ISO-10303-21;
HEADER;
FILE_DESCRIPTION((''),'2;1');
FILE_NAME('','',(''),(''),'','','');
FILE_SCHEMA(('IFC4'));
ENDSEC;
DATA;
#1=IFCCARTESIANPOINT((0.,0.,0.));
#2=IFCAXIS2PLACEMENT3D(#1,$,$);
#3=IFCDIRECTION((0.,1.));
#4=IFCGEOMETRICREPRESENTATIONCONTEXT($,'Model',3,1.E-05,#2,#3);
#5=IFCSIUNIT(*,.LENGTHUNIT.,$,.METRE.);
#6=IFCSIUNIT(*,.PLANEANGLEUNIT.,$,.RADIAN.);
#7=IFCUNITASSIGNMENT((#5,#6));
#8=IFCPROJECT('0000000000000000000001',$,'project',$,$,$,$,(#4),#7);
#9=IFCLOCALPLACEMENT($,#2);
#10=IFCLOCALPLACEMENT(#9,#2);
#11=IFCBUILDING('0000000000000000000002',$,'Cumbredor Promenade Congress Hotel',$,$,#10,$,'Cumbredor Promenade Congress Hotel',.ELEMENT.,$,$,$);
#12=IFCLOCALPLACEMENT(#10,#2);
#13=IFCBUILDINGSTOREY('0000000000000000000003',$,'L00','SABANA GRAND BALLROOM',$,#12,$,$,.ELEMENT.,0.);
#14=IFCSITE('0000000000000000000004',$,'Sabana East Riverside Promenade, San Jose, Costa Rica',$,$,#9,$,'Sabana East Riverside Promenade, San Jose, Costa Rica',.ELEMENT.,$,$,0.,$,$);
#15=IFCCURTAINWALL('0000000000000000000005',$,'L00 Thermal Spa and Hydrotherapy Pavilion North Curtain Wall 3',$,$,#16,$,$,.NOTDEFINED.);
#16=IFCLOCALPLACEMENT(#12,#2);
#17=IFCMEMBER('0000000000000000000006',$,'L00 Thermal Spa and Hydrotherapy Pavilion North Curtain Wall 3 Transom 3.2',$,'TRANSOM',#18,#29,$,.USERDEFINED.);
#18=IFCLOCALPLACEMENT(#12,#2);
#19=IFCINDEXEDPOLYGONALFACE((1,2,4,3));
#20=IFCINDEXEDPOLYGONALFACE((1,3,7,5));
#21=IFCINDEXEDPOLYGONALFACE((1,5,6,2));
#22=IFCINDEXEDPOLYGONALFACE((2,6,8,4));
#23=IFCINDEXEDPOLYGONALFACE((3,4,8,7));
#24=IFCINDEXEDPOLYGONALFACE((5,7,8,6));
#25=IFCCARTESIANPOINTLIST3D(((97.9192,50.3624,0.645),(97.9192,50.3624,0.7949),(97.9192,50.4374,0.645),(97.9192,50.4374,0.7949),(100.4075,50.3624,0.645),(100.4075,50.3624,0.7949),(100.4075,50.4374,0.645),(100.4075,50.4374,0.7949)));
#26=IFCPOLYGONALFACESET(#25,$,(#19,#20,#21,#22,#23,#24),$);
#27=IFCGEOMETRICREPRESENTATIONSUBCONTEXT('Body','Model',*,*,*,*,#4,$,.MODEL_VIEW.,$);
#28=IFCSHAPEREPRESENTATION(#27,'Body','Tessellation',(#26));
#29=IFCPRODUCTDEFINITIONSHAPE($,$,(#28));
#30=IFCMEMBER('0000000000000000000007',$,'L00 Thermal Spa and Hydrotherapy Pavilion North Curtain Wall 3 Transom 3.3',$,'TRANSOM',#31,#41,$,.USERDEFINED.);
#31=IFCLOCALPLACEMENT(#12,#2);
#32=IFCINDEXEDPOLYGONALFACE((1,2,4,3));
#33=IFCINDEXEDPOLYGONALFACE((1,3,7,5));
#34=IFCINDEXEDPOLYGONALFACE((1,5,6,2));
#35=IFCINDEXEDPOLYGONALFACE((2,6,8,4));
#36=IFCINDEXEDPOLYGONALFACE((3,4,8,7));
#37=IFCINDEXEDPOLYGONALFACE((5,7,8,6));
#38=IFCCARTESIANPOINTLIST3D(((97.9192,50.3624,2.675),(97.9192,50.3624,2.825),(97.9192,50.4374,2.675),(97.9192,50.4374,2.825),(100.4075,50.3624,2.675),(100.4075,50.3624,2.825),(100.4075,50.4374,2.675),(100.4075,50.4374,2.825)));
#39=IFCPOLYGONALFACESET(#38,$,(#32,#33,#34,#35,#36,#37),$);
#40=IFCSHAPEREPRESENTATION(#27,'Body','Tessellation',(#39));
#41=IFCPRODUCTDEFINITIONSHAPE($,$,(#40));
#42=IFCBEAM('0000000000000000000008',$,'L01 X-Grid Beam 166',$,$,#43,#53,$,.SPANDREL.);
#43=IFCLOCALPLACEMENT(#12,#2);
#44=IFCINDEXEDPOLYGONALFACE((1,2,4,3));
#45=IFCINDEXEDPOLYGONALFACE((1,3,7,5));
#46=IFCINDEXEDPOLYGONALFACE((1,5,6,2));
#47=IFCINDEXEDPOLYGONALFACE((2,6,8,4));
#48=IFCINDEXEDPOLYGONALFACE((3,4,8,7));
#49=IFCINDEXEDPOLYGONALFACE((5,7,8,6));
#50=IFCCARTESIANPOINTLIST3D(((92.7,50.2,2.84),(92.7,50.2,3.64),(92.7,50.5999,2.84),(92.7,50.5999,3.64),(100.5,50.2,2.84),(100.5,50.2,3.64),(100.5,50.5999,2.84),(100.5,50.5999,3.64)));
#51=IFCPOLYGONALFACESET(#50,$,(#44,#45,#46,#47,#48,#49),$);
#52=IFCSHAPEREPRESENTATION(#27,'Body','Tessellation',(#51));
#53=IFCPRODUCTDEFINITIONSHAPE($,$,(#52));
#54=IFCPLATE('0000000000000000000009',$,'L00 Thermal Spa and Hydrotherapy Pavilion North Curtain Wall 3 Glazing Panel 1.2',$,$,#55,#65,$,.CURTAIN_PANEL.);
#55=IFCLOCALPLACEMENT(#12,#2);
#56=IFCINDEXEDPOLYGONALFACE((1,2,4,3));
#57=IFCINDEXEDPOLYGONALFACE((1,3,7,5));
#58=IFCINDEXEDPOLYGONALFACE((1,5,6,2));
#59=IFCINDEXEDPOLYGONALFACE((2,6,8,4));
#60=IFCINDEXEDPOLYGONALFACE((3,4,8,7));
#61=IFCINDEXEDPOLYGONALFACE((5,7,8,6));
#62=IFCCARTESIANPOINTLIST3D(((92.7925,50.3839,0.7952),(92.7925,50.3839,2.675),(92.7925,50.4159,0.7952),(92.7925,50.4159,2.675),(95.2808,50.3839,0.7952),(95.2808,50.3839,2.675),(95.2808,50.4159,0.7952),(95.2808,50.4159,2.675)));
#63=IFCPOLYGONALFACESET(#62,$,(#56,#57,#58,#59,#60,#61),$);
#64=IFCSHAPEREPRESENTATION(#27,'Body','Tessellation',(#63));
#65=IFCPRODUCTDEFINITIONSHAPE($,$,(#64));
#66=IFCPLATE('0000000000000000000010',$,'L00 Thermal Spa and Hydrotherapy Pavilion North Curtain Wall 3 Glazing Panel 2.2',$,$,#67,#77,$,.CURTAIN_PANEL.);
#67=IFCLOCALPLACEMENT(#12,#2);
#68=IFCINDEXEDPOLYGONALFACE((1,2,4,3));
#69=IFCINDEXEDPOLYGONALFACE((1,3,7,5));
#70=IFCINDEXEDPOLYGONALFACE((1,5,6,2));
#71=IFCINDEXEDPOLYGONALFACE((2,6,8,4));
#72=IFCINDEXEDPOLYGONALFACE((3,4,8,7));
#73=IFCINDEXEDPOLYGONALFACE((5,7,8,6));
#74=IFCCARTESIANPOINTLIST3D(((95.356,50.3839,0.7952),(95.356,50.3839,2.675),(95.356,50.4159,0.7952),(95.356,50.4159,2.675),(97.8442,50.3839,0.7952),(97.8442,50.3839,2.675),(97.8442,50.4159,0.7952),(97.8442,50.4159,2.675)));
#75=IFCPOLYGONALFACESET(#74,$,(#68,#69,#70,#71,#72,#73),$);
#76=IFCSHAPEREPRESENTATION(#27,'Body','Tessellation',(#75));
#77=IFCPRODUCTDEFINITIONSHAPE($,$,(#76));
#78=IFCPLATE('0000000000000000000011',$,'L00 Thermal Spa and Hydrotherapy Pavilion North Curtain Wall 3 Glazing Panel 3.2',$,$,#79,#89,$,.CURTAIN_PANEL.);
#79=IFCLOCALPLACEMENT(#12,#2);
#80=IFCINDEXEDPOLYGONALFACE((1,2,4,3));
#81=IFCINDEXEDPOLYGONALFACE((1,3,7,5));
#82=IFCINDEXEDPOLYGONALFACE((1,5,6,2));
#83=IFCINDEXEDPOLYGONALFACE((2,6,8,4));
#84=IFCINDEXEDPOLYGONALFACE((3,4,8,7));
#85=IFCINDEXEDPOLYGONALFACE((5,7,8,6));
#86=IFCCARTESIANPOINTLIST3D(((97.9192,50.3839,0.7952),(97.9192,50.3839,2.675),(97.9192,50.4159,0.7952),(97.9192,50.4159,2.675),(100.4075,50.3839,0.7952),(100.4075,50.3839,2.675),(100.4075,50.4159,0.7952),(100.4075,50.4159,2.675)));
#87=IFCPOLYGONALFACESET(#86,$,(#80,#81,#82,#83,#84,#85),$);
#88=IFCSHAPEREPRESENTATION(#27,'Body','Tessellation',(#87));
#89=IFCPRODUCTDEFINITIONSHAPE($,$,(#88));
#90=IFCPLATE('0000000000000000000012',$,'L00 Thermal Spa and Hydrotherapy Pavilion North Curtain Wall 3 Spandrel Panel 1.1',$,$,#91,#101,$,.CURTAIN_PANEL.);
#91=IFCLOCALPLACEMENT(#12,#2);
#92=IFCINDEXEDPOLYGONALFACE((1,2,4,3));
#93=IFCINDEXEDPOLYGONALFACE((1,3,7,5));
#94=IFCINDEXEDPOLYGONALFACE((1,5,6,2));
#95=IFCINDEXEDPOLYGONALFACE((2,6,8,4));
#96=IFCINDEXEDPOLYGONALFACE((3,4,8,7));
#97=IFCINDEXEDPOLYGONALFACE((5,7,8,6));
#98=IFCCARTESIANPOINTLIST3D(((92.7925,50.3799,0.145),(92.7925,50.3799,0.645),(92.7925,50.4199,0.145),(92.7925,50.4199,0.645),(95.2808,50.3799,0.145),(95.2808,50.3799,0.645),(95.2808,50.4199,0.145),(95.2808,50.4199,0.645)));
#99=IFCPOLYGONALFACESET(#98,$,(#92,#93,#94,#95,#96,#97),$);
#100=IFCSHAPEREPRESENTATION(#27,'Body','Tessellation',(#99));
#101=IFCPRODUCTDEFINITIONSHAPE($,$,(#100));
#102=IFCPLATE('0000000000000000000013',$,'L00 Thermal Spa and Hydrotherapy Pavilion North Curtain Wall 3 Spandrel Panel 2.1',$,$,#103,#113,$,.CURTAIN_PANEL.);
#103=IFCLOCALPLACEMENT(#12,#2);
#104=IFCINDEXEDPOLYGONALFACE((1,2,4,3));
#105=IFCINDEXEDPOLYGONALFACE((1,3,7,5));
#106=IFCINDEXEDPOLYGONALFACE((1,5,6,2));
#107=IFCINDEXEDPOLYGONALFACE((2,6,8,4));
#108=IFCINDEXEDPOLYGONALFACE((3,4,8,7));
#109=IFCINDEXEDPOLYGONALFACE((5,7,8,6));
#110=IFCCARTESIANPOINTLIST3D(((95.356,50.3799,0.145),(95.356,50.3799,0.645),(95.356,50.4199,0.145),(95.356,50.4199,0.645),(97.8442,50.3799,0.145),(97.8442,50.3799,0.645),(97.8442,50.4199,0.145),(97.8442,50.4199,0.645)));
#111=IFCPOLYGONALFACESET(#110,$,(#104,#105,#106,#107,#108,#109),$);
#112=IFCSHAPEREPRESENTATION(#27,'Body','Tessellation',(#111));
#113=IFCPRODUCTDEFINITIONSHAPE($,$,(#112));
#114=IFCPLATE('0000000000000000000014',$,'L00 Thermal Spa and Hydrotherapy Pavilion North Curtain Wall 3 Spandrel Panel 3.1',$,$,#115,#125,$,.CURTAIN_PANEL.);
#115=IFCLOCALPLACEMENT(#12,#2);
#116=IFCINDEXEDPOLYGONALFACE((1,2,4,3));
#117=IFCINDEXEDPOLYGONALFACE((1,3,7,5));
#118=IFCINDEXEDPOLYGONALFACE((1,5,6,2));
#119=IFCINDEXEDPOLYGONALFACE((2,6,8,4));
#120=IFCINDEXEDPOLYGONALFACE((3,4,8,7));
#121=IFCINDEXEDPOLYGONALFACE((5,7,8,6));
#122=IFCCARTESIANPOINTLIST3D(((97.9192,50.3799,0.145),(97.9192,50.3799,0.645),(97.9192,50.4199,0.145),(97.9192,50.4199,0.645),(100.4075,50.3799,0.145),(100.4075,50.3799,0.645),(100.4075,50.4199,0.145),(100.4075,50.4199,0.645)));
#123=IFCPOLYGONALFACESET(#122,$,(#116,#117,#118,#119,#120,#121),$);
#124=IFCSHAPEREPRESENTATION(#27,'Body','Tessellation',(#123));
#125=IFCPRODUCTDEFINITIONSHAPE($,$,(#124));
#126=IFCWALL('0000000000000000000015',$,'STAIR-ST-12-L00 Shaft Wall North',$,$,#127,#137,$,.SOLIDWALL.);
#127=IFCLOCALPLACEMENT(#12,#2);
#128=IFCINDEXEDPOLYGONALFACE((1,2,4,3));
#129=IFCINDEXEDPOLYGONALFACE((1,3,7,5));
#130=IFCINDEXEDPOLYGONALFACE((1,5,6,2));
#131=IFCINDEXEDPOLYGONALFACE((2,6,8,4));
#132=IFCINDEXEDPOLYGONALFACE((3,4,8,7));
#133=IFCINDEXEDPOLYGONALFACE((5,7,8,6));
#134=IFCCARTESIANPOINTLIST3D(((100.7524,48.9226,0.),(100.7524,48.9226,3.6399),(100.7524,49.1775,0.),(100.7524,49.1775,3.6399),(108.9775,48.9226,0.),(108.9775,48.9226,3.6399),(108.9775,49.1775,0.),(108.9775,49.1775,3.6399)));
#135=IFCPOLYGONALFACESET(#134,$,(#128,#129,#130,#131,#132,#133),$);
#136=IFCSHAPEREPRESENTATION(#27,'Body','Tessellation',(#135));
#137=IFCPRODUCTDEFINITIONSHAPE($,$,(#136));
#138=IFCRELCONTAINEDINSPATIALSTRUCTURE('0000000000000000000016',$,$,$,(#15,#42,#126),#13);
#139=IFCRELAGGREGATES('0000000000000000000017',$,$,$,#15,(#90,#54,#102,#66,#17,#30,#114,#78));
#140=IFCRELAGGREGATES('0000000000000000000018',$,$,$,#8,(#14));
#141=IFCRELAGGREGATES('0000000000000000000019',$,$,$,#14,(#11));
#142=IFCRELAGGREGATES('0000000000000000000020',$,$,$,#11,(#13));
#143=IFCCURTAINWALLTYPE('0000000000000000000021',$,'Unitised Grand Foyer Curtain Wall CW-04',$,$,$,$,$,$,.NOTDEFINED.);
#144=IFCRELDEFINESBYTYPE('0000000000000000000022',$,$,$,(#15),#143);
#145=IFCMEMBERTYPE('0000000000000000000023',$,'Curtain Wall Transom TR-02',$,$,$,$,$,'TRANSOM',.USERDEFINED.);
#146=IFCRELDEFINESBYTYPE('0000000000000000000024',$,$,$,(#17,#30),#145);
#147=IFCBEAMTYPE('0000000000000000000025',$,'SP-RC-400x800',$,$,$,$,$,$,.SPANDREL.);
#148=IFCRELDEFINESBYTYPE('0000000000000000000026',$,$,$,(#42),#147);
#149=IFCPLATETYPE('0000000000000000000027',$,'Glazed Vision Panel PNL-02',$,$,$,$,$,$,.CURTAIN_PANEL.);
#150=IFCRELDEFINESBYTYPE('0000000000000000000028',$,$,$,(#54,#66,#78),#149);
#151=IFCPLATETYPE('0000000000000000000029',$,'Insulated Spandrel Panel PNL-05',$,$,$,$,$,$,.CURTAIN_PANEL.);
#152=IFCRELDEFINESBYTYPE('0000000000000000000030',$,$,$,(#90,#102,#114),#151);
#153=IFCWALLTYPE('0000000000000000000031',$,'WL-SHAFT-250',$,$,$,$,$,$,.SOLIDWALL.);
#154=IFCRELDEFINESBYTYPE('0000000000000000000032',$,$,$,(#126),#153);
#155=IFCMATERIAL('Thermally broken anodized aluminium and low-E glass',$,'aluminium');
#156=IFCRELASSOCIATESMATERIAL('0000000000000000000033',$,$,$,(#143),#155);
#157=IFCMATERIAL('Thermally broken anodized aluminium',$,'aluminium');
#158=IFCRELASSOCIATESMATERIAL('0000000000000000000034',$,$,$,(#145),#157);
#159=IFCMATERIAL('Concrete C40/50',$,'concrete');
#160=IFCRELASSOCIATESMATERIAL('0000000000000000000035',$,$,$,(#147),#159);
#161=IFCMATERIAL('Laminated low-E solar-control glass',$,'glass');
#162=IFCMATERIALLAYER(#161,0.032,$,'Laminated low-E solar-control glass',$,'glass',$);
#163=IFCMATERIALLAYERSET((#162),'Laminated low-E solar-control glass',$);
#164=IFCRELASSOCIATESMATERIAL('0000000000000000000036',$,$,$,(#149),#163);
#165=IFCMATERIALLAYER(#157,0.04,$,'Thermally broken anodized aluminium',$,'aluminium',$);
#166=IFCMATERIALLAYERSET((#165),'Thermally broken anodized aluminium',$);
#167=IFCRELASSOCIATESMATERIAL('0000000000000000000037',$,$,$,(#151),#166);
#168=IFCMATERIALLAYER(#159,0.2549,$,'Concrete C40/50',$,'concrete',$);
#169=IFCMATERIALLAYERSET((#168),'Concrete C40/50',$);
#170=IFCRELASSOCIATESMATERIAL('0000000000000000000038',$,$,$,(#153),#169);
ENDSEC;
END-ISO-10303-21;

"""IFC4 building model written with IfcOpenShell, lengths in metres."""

from ifc_helpers import new_model, si_unit, direction, frame, frame_2d, origin, origin_2d, place, context, subcontext, project, spatial, rectangle, extrude, material, layer, layer_set, material_profile, profile_set, type_object, element, aggregate, save


model = new_model("IFC4")

# Units and contexts
model_context = context("Model", 3, precision=1e-05, world=origin(), true_north=direction((0.0, 1.0)))
body_context = subcontext(model_context, "Body", "Model", "MODEL_VIEW")
ifc_project = project(units=[si_unit("LENGTHUNIT", "METRE"), si_unit("PLANEANGLEUNIT", "RADIAN")], contexts=[model_context])

# Site, building, storey
site_placement = place(None, origin())
site = spatial("IfcSite", under=ifc_project, at=site_placement, Name="Sabana East Riverside Promenade, San Jose, Costa Rica", LongName="Sabana East Riverside Promenade, San Jose, Costa Rica", CompositionType="ELEMENT", RefElevation=0.0)
building_placement = place(site_placement, origin())
building = spatial("IfcBuilding", under=site, at=building_placement, Name="Cumbredor Promenade Congress Hotel", LongName="Cumbredor Promenade Congress Hotel", CompositionType="ELEMENT")
storey_placement = place(building_placement, origin())
storey = spatial("IfcBuildingStorey", under=building, at=storey_placement, Name="L00", Description="SABANA GRAND BALLROOM", CompositionType="ELEMENT", Elevation=0.0)

# Shared definitions
ifc_material_1 = material(Name="Concrete C40/50", Category="concrete")

# Curtain wall, members
ifc_material_2 = material(Name="Thermally broken anodized aluminium and low-E glass", Category="aluminium")
curtain_wall_type = type_object("IfcCurtainWallType", Name="Unitised Grand Foyer Curtain Wall CW-04", PredefinedType="NOTDEFINED", material=ifc_material_2)
curtain_wall_placement = place(storey_placement, origin())
curtain_wall = element("IfcCurtainWall", 1, at=curtain_wall_placement, inside=storey, type_object=curtain_wall_type, Name="L00 Thermal Spa and Hydrotherapy Pavilion North Curtain Wall 3", PredefinedType="NOTDEFINED")
ifc_material_3 = material(Name="Thermally broken anodized aluminium", Category="aluminium")
ifc_material_profile_1 = material_profile(ifc_material_3, rectangle(XDim=0.075, YDim=0.1499, at=origin_2d()), Name="ALU TRANSOM 75x150")
ifc_profile_set_1 = profile_set([ifc_material_profile_1], Name="Thermally broken anodized aluminium")
member_type_1 = type_object("IfcMemberType", Name="Curtain Wall Transom TR-02", ElementType="TRANSOM", PredefinedType="USERDEFINED", material=ifc_profile_set_1)
member_1_placement = place(storey_placement, frame((97.9192, 50.3999, 0.72), z_axis=(1.0, 0.0, 0.0), x_axis=(0.0, 1.0, 0.0)))
member_1 = element("IfcMember", 2, at=member_1_placement, type_object=member_type_1, Name="L00 Thermal Spa and Hydrotherapy Pavilion North Curtain Wall 3 Transom 3.2", ObjectType="TRANSOM", PredefinedType="USERDEFINED", context=body_context, shape_type="SweptSolid", body=[
    extrude(rectangle(XDim=0.075, YDim=0.1499, at=origin_2d()), origin(), (0.0, 0.0, 1.0), 2.4883),
])
member_2_placement = place(storey_placement, frame((97.9192, 50.3999, 2.75), z_axis=(1.0, 0.0, 0.0), x_axis=(0.0, 1.0, 0.0)))
member_2 = element("IfcMember", 3, at=member_2_placement, type_object=member_type_1, Name="L00 Thermal Spa and Hydrotherapy Pavilion North Curtain Wall 3 Transom 3.3", ObjectType="TRANSOM", PredefinedType="USERDEFINED", context=body_context, shape_type="SweptSolid", body=[
    extrude(rectangle(XDim=0.075, YDim=0.1499, at=origin_2d()), origin(), (0.0, 0.0, 1.0), 2.4883),
])

# Beam
ifc_material_profile_2 = material_profile(ifc_material_1, rectangle(XDim=0.3999, YDim=0.8, at=origin_2d()), Name="RC SPANDREL 400x800")
ifc_profile_set_2 = profile_set([ifc_material_profile_2], Name="Concrete C40/50")
beam_type_1 = type_object("IfcBeamType", Name="SP-RC-400x800", PredefinedType="SPANDREL", material=ifc_profile_set_2)
beam_placement = place(storey_placement, frame((92.7, 50.3999, 3.24), z_axis=(1.0, 0.0, 0.0), x_axis=(0.0, 1.0, 0.0)))
element("IfcBeam", 4, at=beam_placement, inside=storey, type_object=beam_type_1, Name="L01 X-Grid Beam 166", PredefinedType="SPANDREL", context=body_context, shape_type="SweptSolid", body=[
    extrude(rectangle(XDim=0.3999, YDim=0.8, at=origin_2d()), origin(), (0.0, 0.0, 1.0), 7.8),
])

# Plates
ifc_material_4 = material(Name="Laminated low-E solar-control glass", Category="glass")
ifc_layer_1 = layer(ifc_material_4, 0.032, Name="Laminated low-E solar-control glass", Category="glass")
ifc_layer_set_1 = layer_set([ifc_layer_1], Name="Laminated low-E solar-control glass")
plate_type_1 = type_object("IfcPlateType", Name="Glazed Vision Panel PNL-02", PredefinedType="CURTAIN_PANEL", material=ifc_layer_set_1)
plate_1_placement = place(storey_placement, frame((94.0366, 50.3999, 0.7952), z_axis=(0.0, 0.0, 1.0), x_axis=(1.0, 0.0, 0.0)))
plate_1 = element("IfcPlate", 5, at=plate_1_placement, type_object=plate_type_1, Name="L00 Thermal Spa and Hydrotherapy Pavilion North Curtain Wall 3 Glazing Panel 1.2", PredefinedType="CURTAIN_PANEL", context=body_context, shape_type="SweptSolid", body=[
    extrude(rectangle(XDim=2.4883, YDim=0.032, at=origin_2d()), origin(), (0.0, 0.0, 1.0), 1.8799),
])
plate_2_placement = place(storey_placement, frame((96.6001, 50.3999, 0.7952), z_axis=(0.0, 0.0, 1.0), x_axis=(1.0, 0.0, 0.0)))
plate_2 = element("IfcPlate", 6, at=plate_2_placement, type_object=plate_type_1, Name="L00 Thermal Spa and Hydrotherapy Pavilion North Curtain Wall 3 Glazing Panel 2.2", PredefinedType="CURTAIN_PANEL", context=body_context, shape_type="SweptSolid", body=[
    extrude(rectangle(XDim=2.4883, YDim=0.032, at=origin_2d()), origin(), (0.0, 0.0, 1.0), 1.8799),
])
plate_3_placement = place(storey_placement, frame((99.1633, 50.3999, 0.7952), z_axis=(0.0, 0.0, 1.0), x_axis=(1.0, 0.0, 0.0)))
plate_3 = element("IfcPlate", 7, at=plate_3_placement, type_object=plate_type_1, Name="L00 Thermal Spa and Hydrotherapy Pavilion North Curtain Wall 3 Glazing Panel 3.2", PredefinedType="CURTAIN_PANEL", context=body_context, shape_type="SweptSolid", body=[
    extrude(rectangle(XDim=2.4883, YDim=0.032, at=origin_2d()), origin(), (0.0, 0.0, 1.0), 1.8799),
])
ifc_layer_2 = layer(ifc_material_3, 0.04, Name="Thermally broken anodized aluminium", Category="aluminium")
ifc_layer_set_2 = layer_set([ifc_layer_2], Name="Thermally broken anodized aluminium")
plate_type_2 = type_object("IfcPlateType", Name="Insulated Spandrel Panel PNL-05", PredefinedType="CURTAIN_PANEL", material=ifc_layer_set_2)
plate_4_placement = place(storey_placement, frame((94.0366, 50.3999, 0.145), z_axis=(0.0, 0.0, 1.0), x_axis=(1.0, 0.0, 0.0)))
plate_4 = element("IfcPlate", 8, at=plate_4_placement, type_object=plate_type_2, Name="L00 Thermal Spa and Hydrotherapy Pavilion North Curtain Wall 3 Spandrel Panel 1.1", PredefinedType="CURTAIN_PANEL", context=body_context, shape_type="SweptSolid", body=[
    extrude(rectangle(XDim=2.4883, YDim=0.04, at=origin_2d()), origin(), (0.0, 0.0, 1.0), 0.5),
])
plate_5_placement = place(storey_placement, frame((96.6001, 50.3999, 0.145), z_axis=(0.0, 0.0, 1.0), x_axis=(1.0, 0.0, 0.0)))
plate_5 = element("IfcPlate", 9, at=plate_5_placement, type_object=plate_type_2, Name="L00 Thermal Spa and Hydrotherapy Pavilion North Curtain Wall 3 Spandrel Panel 2.1", PredefinedType="CURTAIN_PANEL", context=body_context, shape_type="SweptSolid", body=[
    extrude(rectangle(XDim=2.4883, YDim=0.04, at=origin_2d()), origin(), (0.0, 0.0, 1.0), 0.5),
])
plate_6_placement = place(storey_placement, frame((99.1633, 50.3999, 0.145), z_axis=(0.0, 0.0, 1.0), x_axis=(1.0, 0.0, 0.0)))
plate_6 = element("IfcPlate", 10, at=plate_6_placement, type_object=plate_type_2, Name="L00 Thermal Spa and Hydrotherapy Pavilion North Curtain Wall 3 Spandrel Panel 3.1", PredefinedType="CURTAIN_PANEL", context=body_context, shape_type="SweptSolid", body=[
    extrude(rectangle(XDim=2.4883, YDim=0.04, at=origin_2d()), origin(), (0.0, 0.0, 1.0), 0.5),
])
aggregate(curtain_wall, [plate_4, plate_1, plate_5, plate_2, member_1, member_2, plate_6, plate_3])

# Wall
ifc_layer_3 = layer(ifc_material_1, 0.2549, Name="Concrete C40/50", Category="concrete")
ifc_layer_set_3 = layer_set([ifc_layer_3], Name="Concrete C40/50")
wall_type = type_object("IfcWallType", Name="WL-SHAFT-250", PredefinedType="SOLIDWALL", material=ifc_layer_set_3)
wall_placement = place(storey_placement, frame((100.7524, 49.05, 0.0), z_axis=(0.0, 0.0, 1.0), x_axis=(1.0, 0.0, 0.0)))
element("IfcWall", 11, at=wall_placement, inside=storey, type_object=wall_type, Name="STAIR-ST-12-L00 Shaft Wall North", PredefinedType="SOLIDWALL", context=body_context, shape_type="SweptSolid", body=[
    extrude(rectangle(XDim=8.2251, YDim=0.2549, at=frame_2d((4.1125, 0.0))), origin(), (0.0, 0.0, 1.0), 3.6399),
])

save(model, "model.ifc")
